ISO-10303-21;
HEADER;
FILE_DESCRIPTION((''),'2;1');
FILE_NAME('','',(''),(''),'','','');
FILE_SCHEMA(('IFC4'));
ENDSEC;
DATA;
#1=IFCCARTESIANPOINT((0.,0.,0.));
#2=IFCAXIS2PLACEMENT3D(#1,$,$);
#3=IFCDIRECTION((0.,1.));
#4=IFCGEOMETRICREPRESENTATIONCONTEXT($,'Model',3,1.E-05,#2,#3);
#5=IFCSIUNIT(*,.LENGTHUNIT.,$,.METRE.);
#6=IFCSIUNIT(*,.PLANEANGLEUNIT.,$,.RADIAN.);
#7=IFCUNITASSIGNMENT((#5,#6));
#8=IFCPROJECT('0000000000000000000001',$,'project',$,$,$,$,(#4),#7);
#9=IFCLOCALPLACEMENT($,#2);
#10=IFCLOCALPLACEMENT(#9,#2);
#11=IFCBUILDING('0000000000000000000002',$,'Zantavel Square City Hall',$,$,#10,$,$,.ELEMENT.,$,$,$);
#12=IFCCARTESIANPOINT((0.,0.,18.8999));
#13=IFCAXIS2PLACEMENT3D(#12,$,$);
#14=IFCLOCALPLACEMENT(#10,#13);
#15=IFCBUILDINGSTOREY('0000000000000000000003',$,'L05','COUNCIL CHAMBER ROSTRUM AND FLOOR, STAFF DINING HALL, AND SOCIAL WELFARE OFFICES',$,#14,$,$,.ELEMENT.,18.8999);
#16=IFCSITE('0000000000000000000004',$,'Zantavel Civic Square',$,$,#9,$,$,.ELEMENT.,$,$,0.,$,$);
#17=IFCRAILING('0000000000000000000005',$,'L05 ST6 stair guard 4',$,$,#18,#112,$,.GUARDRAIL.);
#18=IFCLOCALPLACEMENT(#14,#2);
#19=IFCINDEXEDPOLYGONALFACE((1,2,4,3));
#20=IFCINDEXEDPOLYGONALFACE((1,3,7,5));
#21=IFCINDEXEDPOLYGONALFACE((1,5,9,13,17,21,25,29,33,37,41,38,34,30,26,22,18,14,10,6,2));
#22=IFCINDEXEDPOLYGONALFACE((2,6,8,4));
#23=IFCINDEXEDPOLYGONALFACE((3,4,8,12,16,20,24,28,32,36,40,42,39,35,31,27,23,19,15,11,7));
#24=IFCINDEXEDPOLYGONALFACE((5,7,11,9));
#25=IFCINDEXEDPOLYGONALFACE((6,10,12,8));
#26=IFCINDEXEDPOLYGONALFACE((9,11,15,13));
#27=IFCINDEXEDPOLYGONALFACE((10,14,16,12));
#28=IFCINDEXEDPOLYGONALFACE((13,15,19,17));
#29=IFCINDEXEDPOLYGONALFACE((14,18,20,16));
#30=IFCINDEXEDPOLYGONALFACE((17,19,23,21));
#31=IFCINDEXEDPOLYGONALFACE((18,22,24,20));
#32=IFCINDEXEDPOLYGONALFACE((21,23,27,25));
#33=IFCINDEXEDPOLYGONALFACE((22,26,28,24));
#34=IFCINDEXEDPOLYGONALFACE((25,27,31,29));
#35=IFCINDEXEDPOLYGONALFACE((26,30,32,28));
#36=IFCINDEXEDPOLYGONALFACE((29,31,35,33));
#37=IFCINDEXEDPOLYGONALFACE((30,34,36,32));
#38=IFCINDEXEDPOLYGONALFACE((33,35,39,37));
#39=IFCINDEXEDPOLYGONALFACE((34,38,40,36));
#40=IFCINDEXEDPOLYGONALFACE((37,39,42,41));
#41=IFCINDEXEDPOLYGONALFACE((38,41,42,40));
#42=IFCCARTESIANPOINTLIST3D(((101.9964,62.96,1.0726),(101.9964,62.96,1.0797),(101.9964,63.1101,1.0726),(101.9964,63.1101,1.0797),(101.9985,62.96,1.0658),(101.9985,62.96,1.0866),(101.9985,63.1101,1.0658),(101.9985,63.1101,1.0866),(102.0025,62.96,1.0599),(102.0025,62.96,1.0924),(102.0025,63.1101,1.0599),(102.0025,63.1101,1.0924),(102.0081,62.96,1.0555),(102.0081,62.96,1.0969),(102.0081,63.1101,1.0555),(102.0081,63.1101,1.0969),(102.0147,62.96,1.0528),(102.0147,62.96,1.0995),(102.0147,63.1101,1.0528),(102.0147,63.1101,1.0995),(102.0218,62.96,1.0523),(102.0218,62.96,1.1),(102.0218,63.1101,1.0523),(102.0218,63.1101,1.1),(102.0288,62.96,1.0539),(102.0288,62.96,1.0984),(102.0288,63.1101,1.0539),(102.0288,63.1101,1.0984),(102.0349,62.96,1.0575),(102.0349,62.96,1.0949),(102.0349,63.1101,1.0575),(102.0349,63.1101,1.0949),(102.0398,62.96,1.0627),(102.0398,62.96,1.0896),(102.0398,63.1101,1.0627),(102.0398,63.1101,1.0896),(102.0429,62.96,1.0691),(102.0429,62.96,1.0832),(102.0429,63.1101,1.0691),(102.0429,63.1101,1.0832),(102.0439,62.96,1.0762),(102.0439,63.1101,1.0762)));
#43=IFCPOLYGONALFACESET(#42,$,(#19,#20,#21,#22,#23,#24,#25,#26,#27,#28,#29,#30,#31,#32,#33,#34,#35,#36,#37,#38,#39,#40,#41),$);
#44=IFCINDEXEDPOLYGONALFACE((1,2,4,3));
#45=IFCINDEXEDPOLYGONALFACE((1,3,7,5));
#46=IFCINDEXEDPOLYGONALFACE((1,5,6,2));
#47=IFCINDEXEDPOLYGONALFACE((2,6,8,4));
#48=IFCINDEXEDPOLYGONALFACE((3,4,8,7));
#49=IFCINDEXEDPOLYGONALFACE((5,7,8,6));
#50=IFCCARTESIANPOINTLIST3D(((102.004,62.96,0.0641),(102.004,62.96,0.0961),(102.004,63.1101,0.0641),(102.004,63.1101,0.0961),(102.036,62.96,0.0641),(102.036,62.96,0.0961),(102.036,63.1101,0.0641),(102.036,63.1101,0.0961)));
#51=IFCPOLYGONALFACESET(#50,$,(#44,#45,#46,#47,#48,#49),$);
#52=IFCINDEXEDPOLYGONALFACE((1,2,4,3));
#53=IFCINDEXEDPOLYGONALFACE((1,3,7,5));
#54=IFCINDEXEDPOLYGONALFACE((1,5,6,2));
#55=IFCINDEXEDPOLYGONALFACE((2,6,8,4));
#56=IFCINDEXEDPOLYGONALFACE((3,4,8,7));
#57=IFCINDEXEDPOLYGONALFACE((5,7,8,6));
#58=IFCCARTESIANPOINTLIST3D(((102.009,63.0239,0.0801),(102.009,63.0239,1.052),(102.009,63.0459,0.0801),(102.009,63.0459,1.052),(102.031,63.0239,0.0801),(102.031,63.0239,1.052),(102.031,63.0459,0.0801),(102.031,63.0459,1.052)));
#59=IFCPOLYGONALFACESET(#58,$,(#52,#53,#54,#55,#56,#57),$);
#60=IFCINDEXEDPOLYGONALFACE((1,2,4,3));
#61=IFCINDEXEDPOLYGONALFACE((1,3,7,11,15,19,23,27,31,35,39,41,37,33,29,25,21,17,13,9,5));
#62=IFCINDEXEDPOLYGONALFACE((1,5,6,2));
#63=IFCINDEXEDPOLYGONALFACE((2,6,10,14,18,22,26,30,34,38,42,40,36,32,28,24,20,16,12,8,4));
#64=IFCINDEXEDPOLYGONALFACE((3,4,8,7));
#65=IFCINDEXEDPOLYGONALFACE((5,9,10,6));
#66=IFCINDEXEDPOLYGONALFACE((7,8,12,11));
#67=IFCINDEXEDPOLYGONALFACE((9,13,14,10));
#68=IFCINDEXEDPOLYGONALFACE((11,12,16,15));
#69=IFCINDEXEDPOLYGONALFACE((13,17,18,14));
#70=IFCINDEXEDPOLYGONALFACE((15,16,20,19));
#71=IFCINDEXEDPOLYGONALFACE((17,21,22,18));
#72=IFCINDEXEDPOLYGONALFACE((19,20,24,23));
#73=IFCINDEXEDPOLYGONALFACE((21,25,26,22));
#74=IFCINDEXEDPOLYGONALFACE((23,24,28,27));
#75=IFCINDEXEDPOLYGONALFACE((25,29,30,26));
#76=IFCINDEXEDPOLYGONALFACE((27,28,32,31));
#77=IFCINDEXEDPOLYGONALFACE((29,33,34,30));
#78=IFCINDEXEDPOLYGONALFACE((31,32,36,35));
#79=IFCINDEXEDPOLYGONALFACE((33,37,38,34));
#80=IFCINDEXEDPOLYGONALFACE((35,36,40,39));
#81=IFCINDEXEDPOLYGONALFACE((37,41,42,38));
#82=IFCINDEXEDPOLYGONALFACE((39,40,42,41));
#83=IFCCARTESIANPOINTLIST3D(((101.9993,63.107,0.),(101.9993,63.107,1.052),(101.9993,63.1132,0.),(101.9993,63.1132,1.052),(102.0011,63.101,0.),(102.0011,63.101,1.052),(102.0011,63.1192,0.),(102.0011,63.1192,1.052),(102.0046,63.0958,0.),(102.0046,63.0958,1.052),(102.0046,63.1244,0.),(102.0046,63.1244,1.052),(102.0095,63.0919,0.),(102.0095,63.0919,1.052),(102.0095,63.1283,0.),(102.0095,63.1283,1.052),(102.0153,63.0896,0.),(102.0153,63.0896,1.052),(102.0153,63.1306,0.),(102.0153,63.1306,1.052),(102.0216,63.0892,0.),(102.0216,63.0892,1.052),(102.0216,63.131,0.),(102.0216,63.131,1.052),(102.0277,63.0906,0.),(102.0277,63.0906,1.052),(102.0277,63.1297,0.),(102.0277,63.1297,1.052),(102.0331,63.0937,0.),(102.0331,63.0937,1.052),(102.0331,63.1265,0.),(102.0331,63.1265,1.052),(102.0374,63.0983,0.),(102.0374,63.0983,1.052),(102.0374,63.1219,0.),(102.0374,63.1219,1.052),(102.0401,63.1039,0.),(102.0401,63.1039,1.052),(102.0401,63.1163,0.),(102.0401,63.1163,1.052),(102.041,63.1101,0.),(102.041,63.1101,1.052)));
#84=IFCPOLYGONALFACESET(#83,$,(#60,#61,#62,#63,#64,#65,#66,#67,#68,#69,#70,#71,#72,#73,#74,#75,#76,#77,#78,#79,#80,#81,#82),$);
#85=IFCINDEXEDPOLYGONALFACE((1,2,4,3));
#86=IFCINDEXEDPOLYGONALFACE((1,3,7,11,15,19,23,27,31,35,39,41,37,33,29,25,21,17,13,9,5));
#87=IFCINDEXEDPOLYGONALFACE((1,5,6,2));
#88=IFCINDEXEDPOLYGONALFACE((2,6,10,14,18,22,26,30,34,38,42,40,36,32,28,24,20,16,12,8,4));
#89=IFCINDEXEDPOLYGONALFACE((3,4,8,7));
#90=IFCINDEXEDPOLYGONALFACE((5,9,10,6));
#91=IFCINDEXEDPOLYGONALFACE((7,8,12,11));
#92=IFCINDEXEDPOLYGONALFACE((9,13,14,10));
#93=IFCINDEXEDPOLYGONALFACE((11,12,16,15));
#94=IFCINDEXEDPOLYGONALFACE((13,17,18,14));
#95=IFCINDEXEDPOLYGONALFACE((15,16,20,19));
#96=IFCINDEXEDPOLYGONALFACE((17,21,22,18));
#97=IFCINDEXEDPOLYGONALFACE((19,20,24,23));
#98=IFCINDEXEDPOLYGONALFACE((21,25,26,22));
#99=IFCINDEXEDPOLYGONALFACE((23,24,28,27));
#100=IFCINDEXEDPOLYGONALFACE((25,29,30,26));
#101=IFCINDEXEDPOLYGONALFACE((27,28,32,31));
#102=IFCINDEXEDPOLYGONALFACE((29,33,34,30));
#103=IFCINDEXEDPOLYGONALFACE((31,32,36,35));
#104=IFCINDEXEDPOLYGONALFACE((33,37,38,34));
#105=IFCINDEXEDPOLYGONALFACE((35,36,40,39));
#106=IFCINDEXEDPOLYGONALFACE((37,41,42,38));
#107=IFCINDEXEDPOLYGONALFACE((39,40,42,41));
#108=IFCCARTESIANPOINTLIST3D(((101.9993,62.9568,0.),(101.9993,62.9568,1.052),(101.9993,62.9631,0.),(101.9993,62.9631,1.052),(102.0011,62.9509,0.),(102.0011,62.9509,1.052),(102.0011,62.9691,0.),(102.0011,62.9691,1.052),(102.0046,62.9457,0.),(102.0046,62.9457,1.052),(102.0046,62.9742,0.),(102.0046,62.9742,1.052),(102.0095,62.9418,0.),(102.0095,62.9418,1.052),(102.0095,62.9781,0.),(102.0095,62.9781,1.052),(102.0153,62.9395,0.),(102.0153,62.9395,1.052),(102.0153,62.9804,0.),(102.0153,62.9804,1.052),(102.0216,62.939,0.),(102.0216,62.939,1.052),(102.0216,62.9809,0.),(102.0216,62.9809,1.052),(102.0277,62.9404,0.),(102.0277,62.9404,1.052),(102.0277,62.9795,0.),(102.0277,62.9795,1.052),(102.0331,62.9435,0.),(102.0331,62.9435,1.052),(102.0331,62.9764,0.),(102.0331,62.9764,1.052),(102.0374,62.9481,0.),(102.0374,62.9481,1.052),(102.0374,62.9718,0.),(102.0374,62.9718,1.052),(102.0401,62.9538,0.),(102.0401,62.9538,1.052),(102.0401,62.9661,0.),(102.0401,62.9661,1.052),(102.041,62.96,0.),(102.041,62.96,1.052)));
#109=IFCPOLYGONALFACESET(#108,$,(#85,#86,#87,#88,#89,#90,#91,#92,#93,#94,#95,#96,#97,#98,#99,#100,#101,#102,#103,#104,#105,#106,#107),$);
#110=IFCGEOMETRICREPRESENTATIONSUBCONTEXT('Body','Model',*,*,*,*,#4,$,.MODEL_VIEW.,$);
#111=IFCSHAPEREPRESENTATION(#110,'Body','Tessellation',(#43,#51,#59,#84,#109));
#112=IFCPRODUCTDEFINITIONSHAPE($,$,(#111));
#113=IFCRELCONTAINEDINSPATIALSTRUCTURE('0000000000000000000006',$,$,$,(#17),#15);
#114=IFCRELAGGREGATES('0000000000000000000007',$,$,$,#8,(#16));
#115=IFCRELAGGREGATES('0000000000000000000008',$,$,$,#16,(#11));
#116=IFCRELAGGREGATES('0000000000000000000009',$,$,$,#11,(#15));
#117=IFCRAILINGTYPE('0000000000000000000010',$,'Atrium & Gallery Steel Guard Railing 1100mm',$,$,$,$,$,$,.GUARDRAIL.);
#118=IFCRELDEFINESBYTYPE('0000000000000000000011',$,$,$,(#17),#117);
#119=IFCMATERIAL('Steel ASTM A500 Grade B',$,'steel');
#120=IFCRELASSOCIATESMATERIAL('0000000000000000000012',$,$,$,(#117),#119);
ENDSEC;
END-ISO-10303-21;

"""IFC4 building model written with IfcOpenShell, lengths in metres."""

from ifc_helpers import new_model, si_unit, direction, frame, origin, origin_2d, place, context, subcontext, project, spatial, rectangle, circle, extrude, material, type_object, element, save


model = new_model("IFC4")

# Units and contexts
model_context = context("Model", 3, precision=1e-05, world=origin(), true_north=direction((0.0, 1.0)))
body_context = subcontext(model_context, "Body", "Model", "MODEL_VIEW")
ifc_project = project(units=[si_unit("LENGTHUNIT", "METRE"), si_unit("PLANEANGLEUNIT", "RADIAN")], contexts=[model_context])

# Site, building, storey
site_placement = place(None, origin())
site = spatial("IfcSite", under=ifc_project, at=site_placement, Name="Zantavel Civic Square", CompositionType="ELEMENT", RefElevation=0.0)
building_placement = place(site_placement, origin())
building = spatial("IfcBuilding", under=site, at=building_placement, Name="Zantavel Square City Hall", CompositionType="ELEMENT")
storey_placement = place(building_placement, frame((0.0, 0.0, 18.8999)))
storey = spatial("IfcBuildingStorey", under=building, at=storey_placement, Name="L05", Description="COUNCIL CHAMBER ROSTRUM AND FLOOR, STAFF DINING HALL, AND SOCIAL WELFARE OFFICES", CompositionType="ELEMENT", Elevation=18.8999)

# Shared definitions
ifc_material_1 = material(Name="Steel ASTM A500 Grade B", Category="steel")

# Railing
railing_type_1 = type_object("IfcRailingType", Name="Atrium & Gallery Steel Guard Railing 1100mm", PredefinedType="GUARDRAIL", material=ifc_material_1)
railing_1_placement = place(storey_placement, frame((102.02, 63.1101, 0.0)))
element("IfcRailing", 1, at=railing_1_placement, inside=storey, type_object=railing_type_1, Name="L05 ST6 stair guard 4", PredefinedType="GUARDRAIL", context=body_context, shape_type="SweptSolid", body=[
    extrude(circle(Radius=0.0239, at=origin_2d()), frame((0.0, 0.0, 1.0762), z_axis=(0.0, -1.0, 0.0), x_axis=(1.0, 0.0, 0.0)), (0.0, 0.0, 1.0), 0.1501),
    extrude(rectangle(XDim=0.032, YDim=0.032, at=origin_2d()), frame((0.0, 0.0, 0.0801), z_axis=(0.0, -1.0, 0.0), x_axis=(1.0, 0.0, 0.0)), (0.0, 0.0, 1.0), 0.1501),
    extrude(rectangle(XDim=0.022, YDim=0.022, at=origin_2d()), frame((0.0, -0.0752, 0.0801)), (0.0, 0.0, 1.0), 0.9719),
    extrude(circle(Radius=0.021, at=origin_2d()), origin(), (0.0, 0.0, 1.0), 1.052),
    extrude(circle(Radius=0.021, at=origin_2d()), frame((0.0, -0.1501, 0.0)), (0.0, 0.0, 1.0), 1.052),
])

save(model, "model.ifc")
